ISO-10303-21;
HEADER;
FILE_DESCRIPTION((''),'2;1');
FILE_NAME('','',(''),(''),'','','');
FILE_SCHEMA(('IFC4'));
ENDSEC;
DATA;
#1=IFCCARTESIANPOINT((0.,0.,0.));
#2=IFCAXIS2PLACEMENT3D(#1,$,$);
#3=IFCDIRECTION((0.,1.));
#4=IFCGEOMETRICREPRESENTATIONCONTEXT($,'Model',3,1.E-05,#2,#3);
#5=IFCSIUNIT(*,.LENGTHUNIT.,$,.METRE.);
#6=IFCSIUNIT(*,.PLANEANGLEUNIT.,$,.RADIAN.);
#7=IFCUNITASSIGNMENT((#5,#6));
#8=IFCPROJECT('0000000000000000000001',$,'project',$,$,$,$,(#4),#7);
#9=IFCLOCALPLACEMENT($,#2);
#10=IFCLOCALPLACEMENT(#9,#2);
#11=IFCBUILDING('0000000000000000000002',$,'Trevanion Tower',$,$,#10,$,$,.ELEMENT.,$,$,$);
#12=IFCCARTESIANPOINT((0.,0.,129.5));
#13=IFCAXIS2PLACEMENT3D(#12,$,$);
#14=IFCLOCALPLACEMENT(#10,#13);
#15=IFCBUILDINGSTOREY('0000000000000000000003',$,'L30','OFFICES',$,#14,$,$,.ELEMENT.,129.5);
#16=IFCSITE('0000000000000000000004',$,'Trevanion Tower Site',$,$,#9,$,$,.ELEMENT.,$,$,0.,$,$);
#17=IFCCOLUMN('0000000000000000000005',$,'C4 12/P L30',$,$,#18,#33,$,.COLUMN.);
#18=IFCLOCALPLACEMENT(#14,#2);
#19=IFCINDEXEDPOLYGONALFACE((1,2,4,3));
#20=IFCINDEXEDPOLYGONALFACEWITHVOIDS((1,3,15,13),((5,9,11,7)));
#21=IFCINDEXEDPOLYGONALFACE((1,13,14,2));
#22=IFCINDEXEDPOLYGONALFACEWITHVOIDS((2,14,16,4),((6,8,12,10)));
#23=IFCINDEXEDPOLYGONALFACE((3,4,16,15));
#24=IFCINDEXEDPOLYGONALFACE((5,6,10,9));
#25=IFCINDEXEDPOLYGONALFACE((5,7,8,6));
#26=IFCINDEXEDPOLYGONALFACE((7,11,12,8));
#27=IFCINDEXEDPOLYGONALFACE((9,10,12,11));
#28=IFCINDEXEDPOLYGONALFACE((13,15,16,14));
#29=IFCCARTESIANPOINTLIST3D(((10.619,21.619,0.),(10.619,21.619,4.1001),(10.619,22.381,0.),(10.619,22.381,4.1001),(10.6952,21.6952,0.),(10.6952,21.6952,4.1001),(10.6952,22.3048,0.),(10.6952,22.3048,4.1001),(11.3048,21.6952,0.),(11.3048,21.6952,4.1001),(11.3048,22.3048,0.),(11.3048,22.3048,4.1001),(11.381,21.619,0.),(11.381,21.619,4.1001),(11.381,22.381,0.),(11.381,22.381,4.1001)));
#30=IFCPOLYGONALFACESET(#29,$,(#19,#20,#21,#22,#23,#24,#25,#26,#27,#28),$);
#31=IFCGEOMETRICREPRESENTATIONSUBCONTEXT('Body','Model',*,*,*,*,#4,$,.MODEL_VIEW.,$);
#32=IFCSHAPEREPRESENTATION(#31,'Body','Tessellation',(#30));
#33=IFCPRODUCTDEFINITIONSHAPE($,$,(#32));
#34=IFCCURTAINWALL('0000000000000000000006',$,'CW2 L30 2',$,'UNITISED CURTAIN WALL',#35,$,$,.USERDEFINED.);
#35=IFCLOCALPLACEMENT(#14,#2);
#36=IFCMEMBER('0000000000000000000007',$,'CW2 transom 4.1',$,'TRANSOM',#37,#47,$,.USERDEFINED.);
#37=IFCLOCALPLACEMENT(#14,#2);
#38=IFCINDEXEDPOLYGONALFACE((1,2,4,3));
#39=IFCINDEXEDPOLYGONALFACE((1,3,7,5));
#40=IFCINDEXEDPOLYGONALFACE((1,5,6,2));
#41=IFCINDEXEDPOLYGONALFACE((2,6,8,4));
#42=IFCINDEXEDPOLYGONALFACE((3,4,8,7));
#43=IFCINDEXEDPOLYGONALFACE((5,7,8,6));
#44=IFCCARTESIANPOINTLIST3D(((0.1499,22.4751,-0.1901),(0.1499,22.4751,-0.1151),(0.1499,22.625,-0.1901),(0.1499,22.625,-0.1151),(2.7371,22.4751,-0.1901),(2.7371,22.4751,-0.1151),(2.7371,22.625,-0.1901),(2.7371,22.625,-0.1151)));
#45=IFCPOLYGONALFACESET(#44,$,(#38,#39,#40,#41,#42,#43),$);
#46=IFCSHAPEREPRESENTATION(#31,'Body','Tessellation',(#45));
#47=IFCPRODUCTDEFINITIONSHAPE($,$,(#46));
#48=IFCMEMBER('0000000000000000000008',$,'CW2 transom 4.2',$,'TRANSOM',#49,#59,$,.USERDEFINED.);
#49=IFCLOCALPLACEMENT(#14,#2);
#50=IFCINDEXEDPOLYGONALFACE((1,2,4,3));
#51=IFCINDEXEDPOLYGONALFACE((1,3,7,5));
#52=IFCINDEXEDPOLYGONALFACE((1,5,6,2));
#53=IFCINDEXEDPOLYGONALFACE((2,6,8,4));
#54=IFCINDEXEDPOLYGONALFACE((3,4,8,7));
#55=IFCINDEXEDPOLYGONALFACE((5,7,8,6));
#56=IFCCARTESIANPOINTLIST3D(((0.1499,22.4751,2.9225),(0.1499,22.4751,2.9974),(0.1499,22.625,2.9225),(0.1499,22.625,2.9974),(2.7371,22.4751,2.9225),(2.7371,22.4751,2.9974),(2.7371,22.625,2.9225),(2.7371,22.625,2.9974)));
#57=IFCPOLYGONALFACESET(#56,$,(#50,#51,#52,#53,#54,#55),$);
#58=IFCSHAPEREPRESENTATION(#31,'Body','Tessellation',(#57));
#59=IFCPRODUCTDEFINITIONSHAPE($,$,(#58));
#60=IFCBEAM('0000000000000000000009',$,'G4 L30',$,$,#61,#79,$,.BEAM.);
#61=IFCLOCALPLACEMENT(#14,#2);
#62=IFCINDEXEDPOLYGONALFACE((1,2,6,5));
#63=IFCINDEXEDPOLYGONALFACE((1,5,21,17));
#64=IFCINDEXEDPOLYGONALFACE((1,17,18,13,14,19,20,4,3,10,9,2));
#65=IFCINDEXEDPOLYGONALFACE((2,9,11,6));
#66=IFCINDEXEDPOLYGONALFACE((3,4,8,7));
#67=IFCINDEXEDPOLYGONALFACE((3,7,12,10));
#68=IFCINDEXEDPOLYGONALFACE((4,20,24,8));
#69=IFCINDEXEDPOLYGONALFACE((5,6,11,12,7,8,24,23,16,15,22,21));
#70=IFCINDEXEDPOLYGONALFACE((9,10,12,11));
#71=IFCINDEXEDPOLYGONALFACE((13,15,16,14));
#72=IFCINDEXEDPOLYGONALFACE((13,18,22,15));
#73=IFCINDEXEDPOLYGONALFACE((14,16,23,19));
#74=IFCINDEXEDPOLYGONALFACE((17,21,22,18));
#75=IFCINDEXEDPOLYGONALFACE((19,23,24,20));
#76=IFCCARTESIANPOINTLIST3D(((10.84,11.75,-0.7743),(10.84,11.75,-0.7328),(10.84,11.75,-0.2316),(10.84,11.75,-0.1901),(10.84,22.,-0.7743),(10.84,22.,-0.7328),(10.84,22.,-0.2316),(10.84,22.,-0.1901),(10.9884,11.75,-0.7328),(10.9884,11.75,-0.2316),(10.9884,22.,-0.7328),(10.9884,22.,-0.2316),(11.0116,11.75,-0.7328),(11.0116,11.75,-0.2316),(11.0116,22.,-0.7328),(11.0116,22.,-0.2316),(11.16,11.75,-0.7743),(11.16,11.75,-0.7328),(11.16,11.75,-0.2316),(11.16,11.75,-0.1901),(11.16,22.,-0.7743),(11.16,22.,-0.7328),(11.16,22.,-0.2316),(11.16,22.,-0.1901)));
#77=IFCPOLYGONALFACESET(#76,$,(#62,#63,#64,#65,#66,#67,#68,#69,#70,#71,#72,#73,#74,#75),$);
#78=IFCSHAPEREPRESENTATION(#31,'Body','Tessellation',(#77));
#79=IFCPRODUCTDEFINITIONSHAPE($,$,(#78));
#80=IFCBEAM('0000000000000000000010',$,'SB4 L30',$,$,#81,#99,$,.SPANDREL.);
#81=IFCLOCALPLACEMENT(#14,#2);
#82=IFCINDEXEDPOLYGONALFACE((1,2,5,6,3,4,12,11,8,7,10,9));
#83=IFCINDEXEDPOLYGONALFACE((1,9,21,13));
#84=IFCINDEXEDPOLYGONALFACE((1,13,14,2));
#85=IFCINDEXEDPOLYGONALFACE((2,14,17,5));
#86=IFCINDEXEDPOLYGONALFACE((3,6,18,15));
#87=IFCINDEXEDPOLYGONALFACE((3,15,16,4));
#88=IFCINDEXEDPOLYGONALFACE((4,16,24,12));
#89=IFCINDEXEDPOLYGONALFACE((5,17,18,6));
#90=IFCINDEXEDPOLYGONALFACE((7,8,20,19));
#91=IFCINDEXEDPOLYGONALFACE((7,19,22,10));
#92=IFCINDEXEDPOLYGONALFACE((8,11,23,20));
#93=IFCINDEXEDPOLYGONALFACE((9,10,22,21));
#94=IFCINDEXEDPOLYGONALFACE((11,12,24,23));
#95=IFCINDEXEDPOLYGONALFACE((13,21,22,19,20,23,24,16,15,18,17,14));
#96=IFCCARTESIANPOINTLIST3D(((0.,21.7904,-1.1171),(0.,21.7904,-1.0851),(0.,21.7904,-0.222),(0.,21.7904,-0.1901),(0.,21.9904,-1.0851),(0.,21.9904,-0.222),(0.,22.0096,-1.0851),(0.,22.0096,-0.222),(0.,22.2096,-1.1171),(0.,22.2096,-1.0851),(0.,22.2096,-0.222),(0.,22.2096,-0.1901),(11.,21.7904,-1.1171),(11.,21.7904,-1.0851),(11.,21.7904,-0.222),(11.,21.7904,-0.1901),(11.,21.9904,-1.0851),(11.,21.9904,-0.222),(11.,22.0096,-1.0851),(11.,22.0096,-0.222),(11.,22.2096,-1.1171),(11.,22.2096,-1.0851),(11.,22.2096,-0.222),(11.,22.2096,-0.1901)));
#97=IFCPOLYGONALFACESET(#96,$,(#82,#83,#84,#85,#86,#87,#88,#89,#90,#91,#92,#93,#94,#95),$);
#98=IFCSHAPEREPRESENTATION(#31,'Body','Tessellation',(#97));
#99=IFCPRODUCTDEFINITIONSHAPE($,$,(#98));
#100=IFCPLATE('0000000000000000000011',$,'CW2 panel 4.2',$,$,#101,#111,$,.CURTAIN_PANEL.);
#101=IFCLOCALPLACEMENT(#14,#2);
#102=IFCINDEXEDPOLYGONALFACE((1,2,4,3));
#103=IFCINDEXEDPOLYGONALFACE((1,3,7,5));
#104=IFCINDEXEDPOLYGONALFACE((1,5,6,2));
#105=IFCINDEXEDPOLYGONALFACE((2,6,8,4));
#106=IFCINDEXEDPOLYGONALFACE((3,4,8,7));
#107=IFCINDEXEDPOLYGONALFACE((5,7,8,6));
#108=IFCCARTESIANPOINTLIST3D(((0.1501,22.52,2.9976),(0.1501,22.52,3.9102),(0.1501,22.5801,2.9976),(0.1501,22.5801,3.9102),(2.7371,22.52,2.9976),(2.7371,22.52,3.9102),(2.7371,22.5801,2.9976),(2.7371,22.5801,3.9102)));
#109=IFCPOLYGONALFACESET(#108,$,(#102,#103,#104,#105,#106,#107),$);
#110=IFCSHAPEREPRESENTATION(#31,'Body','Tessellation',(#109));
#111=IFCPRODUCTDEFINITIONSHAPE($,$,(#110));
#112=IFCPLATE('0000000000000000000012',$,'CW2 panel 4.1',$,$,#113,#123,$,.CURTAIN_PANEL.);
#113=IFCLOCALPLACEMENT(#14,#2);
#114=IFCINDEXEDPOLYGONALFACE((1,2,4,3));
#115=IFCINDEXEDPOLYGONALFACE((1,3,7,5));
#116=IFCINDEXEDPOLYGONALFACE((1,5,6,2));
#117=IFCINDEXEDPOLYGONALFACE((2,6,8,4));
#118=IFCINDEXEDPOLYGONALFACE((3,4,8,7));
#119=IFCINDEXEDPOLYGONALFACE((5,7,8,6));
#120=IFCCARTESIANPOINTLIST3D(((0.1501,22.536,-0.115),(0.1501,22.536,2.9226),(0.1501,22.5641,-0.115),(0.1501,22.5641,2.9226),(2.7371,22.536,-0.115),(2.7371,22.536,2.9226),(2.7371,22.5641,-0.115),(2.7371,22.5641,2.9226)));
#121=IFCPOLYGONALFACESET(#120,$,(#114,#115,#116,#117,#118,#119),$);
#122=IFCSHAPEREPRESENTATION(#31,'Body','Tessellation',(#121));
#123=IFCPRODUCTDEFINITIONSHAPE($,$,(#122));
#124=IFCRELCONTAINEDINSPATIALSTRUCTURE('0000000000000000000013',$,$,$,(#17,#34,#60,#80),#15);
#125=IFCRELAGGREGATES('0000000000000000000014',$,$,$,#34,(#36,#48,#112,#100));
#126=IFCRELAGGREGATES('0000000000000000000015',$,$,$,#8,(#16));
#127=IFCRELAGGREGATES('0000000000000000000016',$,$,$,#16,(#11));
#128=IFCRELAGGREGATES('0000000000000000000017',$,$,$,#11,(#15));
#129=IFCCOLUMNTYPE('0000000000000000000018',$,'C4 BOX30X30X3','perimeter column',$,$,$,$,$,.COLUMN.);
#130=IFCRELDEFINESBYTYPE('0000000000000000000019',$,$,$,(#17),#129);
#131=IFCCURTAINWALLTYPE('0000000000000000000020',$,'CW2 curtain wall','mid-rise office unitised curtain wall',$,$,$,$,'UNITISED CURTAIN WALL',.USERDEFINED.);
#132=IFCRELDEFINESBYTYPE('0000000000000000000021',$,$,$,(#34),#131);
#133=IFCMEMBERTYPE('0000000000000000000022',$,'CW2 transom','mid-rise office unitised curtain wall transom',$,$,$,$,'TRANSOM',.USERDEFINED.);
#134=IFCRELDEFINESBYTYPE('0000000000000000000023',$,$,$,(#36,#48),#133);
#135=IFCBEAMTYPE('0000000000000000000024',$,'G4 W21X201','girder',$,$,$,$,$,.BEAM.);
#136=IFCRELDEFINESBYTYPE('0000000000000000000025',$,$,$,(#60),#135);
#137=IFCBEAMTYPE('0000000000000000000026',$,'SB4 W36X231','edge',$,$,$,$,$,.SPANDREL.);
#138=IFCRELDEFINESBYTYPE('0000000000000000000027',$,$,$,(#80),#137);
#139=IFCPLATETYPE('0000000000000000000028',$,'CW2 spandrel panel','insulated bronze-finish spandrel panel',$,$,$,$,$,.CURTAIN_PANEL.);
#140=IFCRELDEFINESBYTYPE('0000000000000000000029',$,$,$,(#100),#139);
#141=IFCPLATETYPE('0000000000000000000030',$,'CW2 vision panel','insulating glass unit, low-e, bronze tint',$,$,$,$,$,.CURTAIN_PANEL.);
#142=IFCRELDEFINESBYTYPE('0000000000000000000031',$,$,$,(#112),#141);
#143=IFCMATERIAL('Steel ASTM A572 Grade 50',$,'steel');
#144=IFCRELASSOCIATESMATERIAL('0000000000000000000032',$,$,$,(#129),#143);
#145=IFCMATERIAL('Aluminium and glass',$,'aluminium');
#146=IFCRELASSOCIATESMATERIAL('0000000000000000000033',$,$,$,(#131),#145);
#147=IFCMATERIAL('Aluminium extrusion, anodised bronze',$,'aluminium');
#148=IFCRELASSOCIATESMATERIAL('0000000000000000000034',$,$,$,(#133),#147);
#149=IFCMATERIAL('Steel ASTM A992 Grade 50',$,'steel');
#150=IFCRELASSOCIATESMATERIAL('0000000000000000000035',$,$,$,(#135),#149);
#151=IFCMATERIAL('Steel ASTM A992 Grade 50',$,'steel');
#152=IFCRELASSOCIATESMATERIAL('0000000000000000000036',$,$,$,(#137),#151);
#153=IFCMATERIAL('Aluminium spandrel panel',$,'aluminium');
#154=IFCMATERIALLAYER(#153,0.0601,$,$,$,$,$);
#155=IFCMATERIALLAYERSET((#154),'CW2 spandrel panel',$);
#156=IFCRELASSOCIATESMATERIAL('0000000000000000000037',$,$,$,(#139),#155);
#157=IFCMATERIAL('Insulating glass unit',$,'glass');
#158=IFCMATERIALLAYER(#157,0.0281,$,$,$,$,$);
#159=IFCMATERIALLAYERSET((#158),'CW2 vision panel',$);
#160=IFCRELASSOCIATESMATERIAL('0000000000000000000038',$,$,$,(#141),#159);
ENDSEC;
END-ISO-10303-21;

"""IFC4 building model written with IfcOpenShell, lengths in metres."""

from ifc_helpers import new_model, si_unit, direction, frame, origin, origin_2d, place, context, subcontext, project, spatial, rectangle, hollow_rectangle, i_section, extrude, material, layer, layer_set, material_profile, profile_set, type_object, element, aggregate, save


model = new_model("IFC4")

# Units and contexts
model_context = context("Model", 3, precision=1e-05, world=origin(), true_north=direction((0.0, 1.0)))
body_context = subcontext(model_context, "Body", "Model", "MODEL_VIEW")
ifc_project = project(units=[si_unit("LENGTHUNIT", "METRE"), si_unit("PLANEANGLEUNIT", "RADIAN")], contexts=[model_context])

# Site, building, storey
site_placement = place(None, origin())
site = spatial("IfcSite", under=ifc_project, at=site_placement, Name="Trevanion Tower Site", CompositionType="ELEMENT", RefElevation=0.0)
building_placement = place(site_placement, origin())
building = spatial("IfcBuilding", under=site, at=building_placement, Name="Trevanion Tower", CompositionType="ELEMENT")
storey_placement = place(building_placement, frame((0.0, 0.0, 129.5)))
storey = spatial("IfcBuildingStorey", under=building, at=storey_placement, Name="L30", Description="OFFICES", CompositionType="ELEMENT", Elevation=129.5)

# Column
ifc_material_1 = material(Name="Steel ASTM A572 Grade 50", Category="steel")
ifc_material_profile_1 = material_profile(ifc_material_1, hollow_rectangle(XDim=0.762, YDim=0.762, WallThickness=0.0762, at=origin_2d()), Name="BOX30X30X3")
ifc_profile_set_1 = profile_set([ifc_material_profile_1], Name="Steel ASTM A572 Grade 50")
column_type = type_object("IfcColumnType", Name="C4 BOX30X30X3", Description="perimeter column", PredefinedType="COLUMN", material=ifc_profile_set_1)
column_placement = place(storey_placement, frame((11.0, 22.0, 0.0), z_axis=(0.0, 0.0, 1.0), x_axis=(1.0, 0.0, 0.0)))
element("IfcColumn", 1, at=column_placement, inside=storey, type_object=column_type, Name="C4 12/P L30", PredefinedType="COLUMN", context=body_context, shape_type="SweptSolid", body=[
    extrude(hollow_rectangle(XDim=0.762, YDim=0.762, WallThickness=0.0762, at=origin_2d()), origin(), (0.0, 0.0, 1.0), 4.1001),
])

# Curtain wall, members
ifc_material_2 = material(Name="Aluminium and glass", Category="aluminium")
curtain_wall_type = type_object("IfcCurtainWallType", Name="CW2 curtain wall", Description="mid-rise office unitised curtain wall", ElementType="UNITISED CURTAIN WALL", PredefinedType="USERDEFINED", material=ifc_material_2)
curtain_wall_placement = place(storey_placement, origin())
curtain_wall = element("IfcCurtainWall", 2, at=curtain_wall_placement, inside=storey, type_object=curtain_wall_type, Name="CW2 L30 2", ObjectType="UNITISED CURTAIN WALL", PredefinedType="USERDEFINED")
ifc_material_3 = material(Name="Aluminium extrusion, anodised bronze", Category="aluminium")
ifc_material_profile_2 = material_profile(ifc_material_3, rectangle(XDim=0.1499, YDim=0.075, at=origin_2d()), Name="CW2 transom")
ifc_profile_set_2 = profile_set([ifc_material_profile_2], Name="Aluminium extrusion, anodised bronze")
member_type = type_object("IfcMemberType", Name="CW2 transom", Description="mid-rise office unitised curtain wall transom", ElementType="TRANSOM", PredefinedType="USERDEFINED", material=ifc_profile_set_2)
member_1_placement = place(storey_placement, frame((2.7371, 22.55, -0.1526), z_axis=(-1.0, 0.0, 0.0), x_axis=(0.0, -1.0, 0.0)))
member_1 = element("IfcMember", 3, at=member_1_placement, type_object=member_type, Name="CW2 transom 4.1", ObjectType="TRANSOM", PredefinedType="USERDEFINED", context=body_context, shape_type="SweptSolid", body=[
    extrude(rectangle(XDim=0.1499, YDim=0.075, at=origin_2d()), origin(), (0.0, 0.0, 1.0), 2.5872),
])
member_2_placement = place(storey_placement, frame((2.7371, 22.55, 2.96), z_axis=(-1.0, 0.0, 0.0), x_axis=(0.0, -1.0, 0.0)))
member_2 = element("IfcMember", 4, at=member_2_placement, type_object=member_type, Name="CW2 transom 4.2", ObjectType="TRANSOM", PredefinedType="USERDEFINED", context=body_context, shape_type="SweptSolid", body=[
    extrude(rectangle(XDim=0.1499, YDim=0.075, at=origin_2d()), origin(), (0.0, 0.0, 1.0), 2.5872),
])

# Beams
ifc_material_4 = material(Name="Steel ASTM A992 Grade 50", Category="steel")
ifc_material_profile_3 = material_profile(ifc_material_4, i_section(OverallWidth=0.3201, OverallDepth=0.5842, WebThickness=0.0232, FlangeThickness=0.0415, at=origin_2d()), Name="W21X201")
ifc_profile_set_3 = profile_set([ifc_material_profile_3], Name="Steel ASTM A992 Grade 50")
beam_type_1 = type_object("IfcBeamType", Name="G4 W21X201", Description="girder", PredefinedType="BEAM", material=ifc_profile_set_3)
beam_1_placement = place(storey_placement, frame((11.0, 11.75, -0.4822), z_axis=(0.0, 1.0, 0.0), x_axis=(-1.0, 0.0, 0.0)))
element("IfcBeam", 5, at=beam_1_placement, inside=storey, type_object=beam_type_1, Name="G4 L30", PredefinedType="BEAM", context=body_context, shape_type="SweptSolid", body=[
    extrude(i_section(OverallWidth=0.3201, OverallDepth=0.5842, WebThickness=0.0232, FlangeThickness=0.0415, at=origin_2d()), origin(), (0.0, 0.0, 1.0), 10.25),
])
ifc_material_5 = material(Name="Steel ASTM A992 Grade 50", Category="steel")
ifc_material_profile_4 = material_profile(ifc_material_5, i_section(OverallWidth=0.4192, OverallDepth=0.927, WebThickness=0.0193, FlangeThickness=0.032, at=origin_2d()), Name="W36X231")
ifc_profile_set_4 = profile_set([ifc_material_profile_4], Name="Steel ASTM A992 Grade 50")
beam_type_2 = type_object("IfcBeamType", Name="SB4 W36X231", Description="edge", PredefinedType="SPANDREL", material=ifc_profile_set_4)
beam_2_placement = place(storey_placement, frame((11.0, 22.0, -0.6536), z_axis=(-1.0, 0.0, 0.0), x_axis=(0.0, -1.0, 0.0)))
element("IfcBeam", 6, at=beam_2_placement, inside=storey, type_object=beam_type_2, Name="SB4 L30", PredefinedType="SPANDREL", context=body_context, shape_type="SweptSolid", body=[
    extrude(i_section(OverallWidth=0.4192, OverallDepth=0.927, WebThickness=0.0193, FlangeThickness=0.032, at=origin_2d()), origin(), (0.0, 0.0, 1.0), 11.0),
])

# Plates
ifc_material_6 = material(Name="Aluminium spandrel panel", Category="aluminium")
ifc_layer_1 = layer(ifc_material_6, 0.0601)
ifc_layer_set_1 = layer_set([ifc_layer_1], Name="CW2 spandrel panel")
plate_type_1 = type_object("IfcPlateType", Name="CW2 spandrel panel", Description="insulated bronze-finish spandrel panel", PredefinedType="CURTAIN_PANEL", material=ifc_layer_set_1)
plate_1_placement = place(storey_placement, frame((1.4436, 22.55, 2.9976), z_axis=(0.0, 0.0, 1.0), x_axis=(-1.0, 0.0, 0.0)))
plate_1 = element("IfcPlate", 7, at=plate_1_placement, type_object=plate_type_1, Name="CW2 panel 4.2", PredefinedType="CURTAIN_PANEL", context=body_context, shape_type="SweptSolid", body=[
    extrude(rectangle(XDim=2.5869, YDim=0.0601, at=origin_2d()), origin(), (0.0, 0.0, 1.0), 0.9126),
])
ifc_material_7 = material(Name="Insulating glass unit", Category="glass")
ifc_layer_2 = layer(ifc_material_7, 0.0281)
ifc_layer_set_2 = layer_set([ifc_layer_2], Name="CW2 vision panel")
plate_type_2 = type_object("IfcPlateType", Name="CW2 vision panel", Description="insulating glass unit, low-e, bronze tint", PredefinedType="CURTAIN_PANEL", material=ifc_layer_set_2)
plate_2_placement = place(storey_placement, frame((1.4436, 22.55, -0.115), z_axis=(0.0, 0.0, 1.0), x_axis=(-1.0, 0.0, 0.0)))
plate_2 = element("IfcPlate", 8, at=plate_2_placement, type_object=plate_type_2, Name="CW2 panel 4.1", PredefinedType="CURTAIN_PANEL", context=body_context, shape_type="SweptSolid", body=[
    extrude(rectangle(XDim=2.5869, YDim=0.0281, at=origin_2d()), origin(), (0.0, 0.0, 1.0), 3.0376),
])
aggregate(curtain_wall, [member_1, member_2, plate_2, plate_1])

save(model, "model.ifc")
